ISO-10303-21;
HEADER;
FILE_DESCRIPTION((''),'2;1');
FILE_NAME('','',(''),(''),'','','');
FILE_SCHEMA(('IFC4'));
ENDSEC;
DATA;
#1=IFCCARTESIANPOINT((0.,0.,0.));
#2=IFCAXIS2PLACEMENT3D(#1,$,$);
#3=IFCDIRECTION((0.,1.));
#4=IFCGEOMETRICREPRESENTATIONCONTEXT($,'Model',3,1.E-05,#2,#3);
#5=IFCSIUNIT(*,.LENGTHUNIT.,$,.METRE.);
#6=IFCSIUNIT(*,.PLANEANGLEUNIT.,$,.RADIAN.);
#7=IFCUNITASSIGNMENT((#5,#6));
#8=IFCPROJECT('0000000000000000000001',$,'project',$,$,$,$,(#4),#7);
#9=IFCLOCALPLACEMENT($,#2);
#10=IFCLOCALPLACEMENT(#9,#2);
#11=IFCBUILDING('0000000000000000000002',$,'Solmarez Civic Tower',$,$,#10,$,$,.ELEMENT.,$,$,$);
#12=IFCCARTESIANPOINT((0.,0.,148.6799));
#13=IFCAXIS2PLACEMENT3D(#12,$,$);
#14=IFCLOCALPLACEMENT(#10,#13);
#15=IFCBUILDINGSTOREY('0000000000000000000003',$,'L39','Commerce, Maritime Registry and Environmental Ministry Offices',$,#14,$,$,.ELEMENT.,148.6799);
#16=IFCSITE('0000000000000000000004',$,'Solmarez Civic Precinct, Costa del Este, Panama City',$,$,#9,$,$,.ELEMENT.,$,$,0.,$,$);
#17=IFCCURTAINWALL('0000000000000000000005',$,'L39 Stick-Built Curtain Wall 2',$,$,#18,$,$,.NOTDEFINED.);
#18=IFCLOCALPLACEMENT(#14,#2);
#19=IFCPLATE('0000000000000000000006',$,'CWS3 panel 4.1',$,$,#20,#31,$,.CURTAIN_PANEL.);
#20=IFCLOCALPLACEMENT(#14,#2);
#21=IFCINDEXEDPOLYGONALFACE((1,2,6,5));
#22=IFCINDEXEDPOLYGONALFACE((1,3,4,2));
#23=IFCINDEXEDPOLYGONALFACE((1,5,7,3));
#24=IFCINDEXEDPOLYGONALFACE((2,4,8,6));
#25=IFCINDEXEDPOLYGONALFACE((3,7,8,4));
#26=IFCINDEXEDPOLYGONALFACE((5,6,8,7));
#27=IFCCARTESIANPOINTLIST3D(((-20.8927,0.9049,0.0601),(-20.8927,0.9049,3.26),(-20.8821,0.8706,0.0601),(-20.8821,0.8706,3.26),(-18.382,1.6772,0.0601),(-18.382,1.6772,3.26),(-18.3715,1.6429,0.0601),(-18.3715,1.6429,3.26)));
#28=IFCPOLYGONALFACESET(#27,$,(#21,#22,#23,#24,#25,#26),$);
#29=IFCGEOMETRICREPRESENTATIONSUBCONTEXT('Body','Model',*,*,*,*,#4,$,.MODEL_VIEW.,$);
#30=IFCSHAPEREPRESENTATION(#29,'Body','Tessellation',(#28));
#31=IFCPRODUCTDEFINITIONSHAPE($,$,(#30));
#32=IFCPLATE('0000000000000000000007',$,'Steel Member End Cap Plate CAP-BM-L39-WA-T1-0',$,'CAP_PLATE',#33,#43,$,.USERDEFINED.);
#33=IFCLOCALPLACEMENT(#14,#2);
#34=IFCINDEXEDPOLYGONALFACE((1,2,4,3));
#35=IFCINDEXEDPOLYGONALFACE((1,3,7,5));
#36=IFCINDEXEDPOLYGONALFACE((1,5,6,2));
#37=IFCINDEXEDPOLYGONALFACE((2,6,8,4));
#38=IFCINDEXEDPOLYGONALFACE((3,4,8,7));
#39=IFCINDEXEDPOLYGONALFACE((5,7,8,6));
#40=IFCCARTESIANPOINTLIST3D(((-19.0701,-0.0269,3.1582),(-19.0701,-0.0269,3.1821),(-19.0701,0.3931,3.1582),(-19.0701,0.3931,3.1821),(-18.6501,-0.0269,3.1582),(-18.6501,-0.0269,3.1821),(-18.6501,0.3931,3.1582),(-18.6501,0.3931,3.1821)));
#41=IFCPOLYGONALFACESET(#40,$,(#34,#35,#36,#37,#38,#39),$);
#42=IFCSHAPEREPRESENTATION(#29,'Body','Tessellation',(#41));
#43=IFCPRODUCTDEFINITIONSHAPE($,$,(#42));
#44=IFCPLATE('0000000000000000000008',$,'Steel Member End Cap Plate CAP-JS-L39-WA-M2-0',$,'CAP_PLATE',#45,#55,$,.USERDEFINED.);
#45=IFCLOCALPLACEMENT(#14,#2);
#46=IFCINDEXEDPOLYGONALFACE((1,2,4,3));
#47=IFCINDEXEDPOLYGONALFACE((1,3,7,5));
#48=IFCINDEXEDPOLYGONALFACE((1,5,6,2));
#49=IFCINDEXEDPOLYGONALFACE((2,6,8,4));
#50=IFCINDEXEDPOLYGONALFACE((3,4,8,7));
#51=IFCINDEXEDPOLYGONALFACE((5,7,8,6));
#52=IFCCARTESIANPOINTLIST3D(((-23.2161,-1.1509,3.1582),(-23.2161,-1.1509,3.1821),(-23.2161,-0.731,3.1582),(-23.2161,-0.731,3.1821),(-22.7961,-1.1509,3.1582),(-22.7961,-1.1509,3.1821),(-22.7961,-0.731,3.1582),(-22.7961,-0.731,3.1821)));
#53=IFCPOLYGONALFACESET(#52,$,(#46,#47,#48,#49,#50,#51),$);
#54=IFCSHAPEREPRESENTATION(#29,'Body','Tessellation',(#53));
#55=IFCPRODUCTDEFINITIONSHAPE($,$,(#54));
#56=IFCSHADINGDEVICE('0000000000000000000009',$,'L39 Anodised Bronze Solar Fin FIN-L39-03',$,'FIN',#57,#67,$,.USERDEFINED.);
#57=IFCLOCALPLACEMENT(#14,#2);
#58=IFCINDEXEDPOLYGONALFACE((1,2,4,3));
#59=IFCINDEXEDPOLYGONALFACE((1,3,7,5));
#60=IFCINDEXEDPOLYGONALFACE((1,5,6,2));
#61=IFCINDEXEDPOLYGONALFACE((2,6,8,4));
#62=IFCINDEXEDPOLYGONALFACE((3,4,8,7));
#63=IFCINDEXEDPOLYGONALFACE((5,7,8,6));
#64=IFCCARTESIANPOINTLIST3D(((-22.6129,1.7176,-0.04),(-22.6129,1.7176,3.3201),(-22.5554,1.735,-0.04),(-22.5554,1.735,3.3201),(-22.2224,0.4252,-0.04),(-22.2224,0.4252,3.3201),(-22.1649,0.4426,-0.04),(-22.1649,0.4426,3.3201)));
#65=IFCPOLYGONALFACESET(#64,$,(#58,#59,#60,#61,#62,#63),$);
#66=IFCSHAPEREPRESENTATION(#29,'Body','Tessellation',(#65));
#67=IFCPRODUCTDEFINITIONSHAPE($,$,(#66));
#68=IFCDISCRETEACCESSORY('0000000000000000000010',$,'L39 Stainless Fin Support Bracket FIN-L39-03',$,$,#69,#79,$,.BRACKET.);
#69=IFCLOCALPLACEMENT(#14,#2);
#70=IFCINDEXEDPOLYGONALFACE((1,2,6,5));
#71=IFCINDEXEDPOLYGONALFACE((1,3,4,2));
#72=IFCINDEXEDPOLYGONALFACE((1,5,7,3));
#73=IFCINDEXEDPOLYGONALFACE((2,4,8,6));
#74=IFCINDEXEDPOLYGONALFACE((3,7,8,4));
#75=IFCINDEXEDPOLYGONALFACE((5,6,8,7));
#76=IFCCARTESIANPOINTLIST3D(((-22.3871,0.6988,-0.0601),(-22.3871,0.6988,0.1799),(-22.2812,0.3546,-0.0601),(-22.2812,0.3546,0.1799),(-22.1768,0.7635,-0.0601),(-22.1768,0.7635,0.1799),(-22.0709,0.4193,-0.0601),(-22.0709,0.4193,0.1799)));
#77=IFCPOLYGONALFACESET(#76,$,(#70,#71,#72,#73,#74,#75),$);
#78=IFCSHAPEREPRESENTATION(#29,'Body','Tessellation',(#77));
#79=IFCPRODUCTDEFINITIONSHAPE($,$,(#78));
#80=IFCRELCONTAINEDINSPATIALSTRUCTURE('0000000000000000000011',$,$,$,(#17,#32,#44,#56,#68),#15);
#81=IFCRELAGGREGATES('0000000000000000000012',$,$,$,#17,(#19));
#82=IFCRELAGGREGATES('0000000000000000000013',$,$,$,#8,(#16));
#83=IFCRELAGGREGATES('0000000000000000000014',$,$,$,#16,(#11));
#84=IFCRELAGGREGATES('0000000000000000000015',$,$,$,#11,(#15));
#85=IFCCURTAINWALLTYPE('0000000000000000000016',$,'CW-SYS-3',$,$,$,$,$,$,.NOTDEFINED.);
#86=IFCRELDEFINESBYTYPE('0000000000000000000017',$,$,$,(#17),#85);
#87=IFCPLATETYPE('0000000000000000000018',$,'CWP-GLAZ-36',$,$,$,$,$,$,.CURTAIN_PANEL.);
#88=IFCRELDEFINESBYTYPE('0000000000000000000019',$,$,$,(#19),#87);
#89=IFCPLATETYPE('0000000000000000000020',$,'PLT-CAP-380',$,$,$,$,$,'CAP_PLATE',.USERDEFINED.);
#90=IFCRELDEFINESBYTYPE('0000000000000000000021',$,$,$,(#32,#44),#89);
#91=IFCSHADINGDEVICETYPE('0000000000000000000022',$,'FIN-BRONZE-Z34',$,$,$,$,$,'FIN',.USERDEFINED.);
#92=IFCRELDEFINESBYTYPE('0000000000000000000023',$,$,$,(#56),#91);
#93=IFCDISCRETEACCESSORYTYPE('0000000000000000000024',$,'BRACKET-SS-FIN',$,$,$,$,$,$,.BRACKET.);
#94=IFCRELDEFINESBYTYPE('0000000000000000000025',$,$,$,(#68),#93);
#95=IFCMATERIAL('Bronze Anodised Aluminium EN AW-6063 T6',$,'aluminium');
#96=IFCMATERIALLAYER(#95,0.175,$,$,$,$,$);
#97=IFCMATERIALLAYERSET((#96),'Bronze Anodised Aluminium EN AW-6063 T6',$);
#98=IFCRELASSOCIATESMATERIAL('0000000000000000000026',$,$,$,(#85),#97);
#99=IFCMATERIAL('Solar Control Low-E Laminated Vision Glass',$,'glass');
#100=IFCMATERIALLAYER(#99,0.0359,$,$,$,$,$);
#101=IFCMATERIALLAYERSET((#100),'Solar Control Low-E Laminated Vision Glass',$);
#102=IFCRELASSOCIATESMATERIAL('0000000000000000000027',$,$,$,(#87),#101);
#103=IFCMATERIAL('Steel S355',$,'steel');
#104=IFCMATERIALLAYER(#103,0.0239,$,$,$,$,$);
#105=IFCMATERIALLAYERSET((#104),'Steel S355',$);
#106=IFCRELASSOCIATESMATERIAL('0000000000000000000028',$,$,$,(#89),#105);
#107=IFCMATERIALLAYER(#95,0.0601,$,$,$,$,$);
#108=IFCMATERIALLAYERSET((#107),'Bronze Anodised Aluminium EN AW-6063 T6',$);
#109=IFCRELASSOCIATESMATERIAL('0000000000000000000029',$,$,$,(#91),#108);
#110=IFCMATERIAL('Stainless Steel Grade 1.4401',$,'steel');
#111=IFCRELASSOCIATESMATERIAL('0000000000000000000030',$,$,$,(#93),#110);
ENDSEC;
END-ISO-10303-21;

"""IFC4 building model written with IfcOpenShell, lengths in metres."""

from ifc_helpers import new_model, si_unit, direction, frame, origin, origin_2d, place, context, subcontext, project, spatial, rectangle, extrude, material, layer, layer_set, type_object, element, aggregate, save


model = new_model("IFC4")

# Units and contexts
model_context = context("Model", 3, precision=1e-05, world=origin(), true_north=direction((0.0, 1.0)))
body_context = subcontext(model_context, "Body", "Model", "MODEL_VIEW")
ifc_project = project(units=[si_unit("LENGTHUNIT", "METRE"), si_unit("PLANEANGLEUNIT", "RADIAN")], contexts=[model_context])

# Site, building, storey
site_placement = place(None, origin())
site = spatial("IfcSite", under=ifc_project, at=site_placement, Name="Solmarez Civic Precinct, Costa del Este, Panama City", CompositionType="ELEMENT", RefElevation=0.0)
building_placement = place(site_placement, origin())
building = spatial("IfcBuilding", under=site, at=building_placement, Name="Solmarez Civic Tower", CompositionType="ELEMENT")
storey_placement = place(building_placement, frame((0.0, 0.0, 148.6799)))
storey = spatial("IfcBuildingStorey", under=building, at=storey_placement, Name="L39", Description="Commerce, Maritime Registry and Environmental Ministry Offices", CompositionType="ELEMENT", Elevation=148.6799)

# Shared definitions
ifc_material_1 = material(Name="Steel S355", Category="steel")

# Curtain wall, plate
ifc_material_2 = material(Name="Bronze Anodised Aluminium EN AW-6063 T6", Category="aluminium")
ifc_layer_1 = layer(ifc_material_2, 0.175)
ifc_layer_set_1 = layer_set([ifc_layer_1], Name="Bronze Anodised Aluminium EN AW-6063 T6")
curtain_wall_type = type_object("IfcCurtainWallType", Name="CW-SYS-3", PredefinedType="NOTDEFINED", material=ifc_layer_set_1)
curtain_wall_placement = place(storey_placement, origin())
curtain_wall = element("IfcCurtainWall", 1, at=curtain_wall_placement, inside=storey, type_object=curtain_wall_type, Name="L39 Stick-Built Curtain Wall 2", PredefinedType="NOTDEFINED")
ifc_material_3 = material(Name="Solar Control Low-E Laminated Vision Glass", Category="glass")
ifc_layer_2 = layer(ifc_material_3, 0.0359)
ifc_layer_set_2 = layer_set([ifc_layer_2], Name="Solar Control Low-E Laminated Vision Glass")
plate_type_1 = type_object("IfcPlateType", Name="CWP-GLAZ-36", PredefinedType="CURTAIN_PANEL", material=ifc_layer_set_2)
plate_1_placement = place(storey_placement, frame((-19.6321, 1.2739, 0.0601), z_axis=(0.0, 0.0, 1.0), x_axis=(0.955803, 0.294008, 0.0)))
plate_1 = element("IfcPlate", 2, at=plate_1_placement, type_object=plate_type_1, Name="CWS3 panel 4.1", PredefinedType="CURTAIN_PANEL", context=body_context, shape_type="SweptSolid", body=[
    extrude(rectangle(XDim=2.6267, YDim=0.0359, at=origin_2d()), origin(), (0.0, 0.0, 1.0), 3.2),
])
aggregate(curtain_wall, [plate_1])

# Plates
ifc_layer_3 = layer(ifc_material_1, 0.0239)
ifc_layer_set_3 = layer_set([ifc_layer_3], Name="Steel S355")
plate_type_2 = type_object("IfcPlateType", Name="PLT-CAP-380", ElementType="CAP_PLATE", PredefinedType="USERDEFINED", material=ifc_layer_set_3)
for number, where, z_axis, x_axis, name in (
    (3, (-18.8601, 0.1831, 3.1582), (0.0, 0.0, 1.0), (1.0, 0.0, 0.0), "Steel Member End Cap Plate CAP-BM-L39-WA-T1-0"),
    (4, (-23.0061, -0.9409, 3.1582), (0.0, 0.0, 1.0), (1.0, 0.0, 0.0), "Steel Member End Cap Plate CAP-JS-L39-WA-M2-0"),
):
    element("IfcPlate", number, at=place(storey_placement, frame(where, z_axis=z_axis, x_axis=x_axis)), inside=storey, type_object=plate_type_2, Name=name, ObjectType="CAP_PLATE", PredefinedType="USERDEFINED", context=body_context, shape_type="SweptSolid", body=[
        extrude(rectangle(XDim=0.4199, YDim=0.4199, at=origin_2d()), origin(), (0.0, 0.0, 1.0), 0.0239),
    ])

# Shading device
ifc_layer_4 = layer(ifc_material_2, 0.0601)
ifc_layer_set_4 = layer_set([ifc_layer_4], Name="Bronze Anodised Aluminium EN AW-6063 T6")
shading_device_type = type_object("IfcShadingDeviceType", Name="FIN-BRONZE-Z34", ElementType="FIN", PredefinedType="USERDEFINED", material=ifc_layer_set_4)
shading_device_placement = place(storey_placement, frame((-22.3889, 1.0801, -0.04), z_axis=(0.0, 0.0, 1.0), x_axis=(-0.289232, 0.957259, 0.0)))
element("IfcShadingDevice", 5, at=shading_device_placement, inside=storey, type_object=shading_device_type, Name="L39 Anodised Bronze Solar Fin FIN-L39-03", ObjectType="FIN", PredefinedType="USERDEFINED", context=body_context, shape_type="SweptSolid", body=[
    extrude(rectangle(XDim=1.3501, YDim=0.0601, at=origin_2d()), origin(), (0.0, 0.0, 1.0), 3.3601),
])

# Discrete accessory
ifc_material_4 = material(Name="Stainless Steel Grade 1.4401", Category="steel")
discrete_accessory_type = type_object("IfcDiscreteAccessoryType", Name="BRACKET-SS-FIN", PredefinedType="BRACKET", material=ifc_material_4)
discrete_accessory_placement = place(storey_placement, frame((-22.229, 0.5591, -0.0601), z_axis=(0.0, 0.0, 1.0), x_axis=(-0.294023, 0.955798, 0.0)))
element("IfcDiscreteAccessory", 6, at=discrete_accessory_placement, inside=storey, type_object=discrete_accessory_type, Name="L39 Stainless Fin Support Bracket FIN-L39-03", PredefinedType="BRACKET", context=body_context, shape_type="SweptSolid", body=[
    extrude(rectangle(XDim=0.3601, YDim=0.22, at=origin_2d()), origin(), (0.0, 0.0, 1.0), 0.24),
])

save(model, "model.ifc")
